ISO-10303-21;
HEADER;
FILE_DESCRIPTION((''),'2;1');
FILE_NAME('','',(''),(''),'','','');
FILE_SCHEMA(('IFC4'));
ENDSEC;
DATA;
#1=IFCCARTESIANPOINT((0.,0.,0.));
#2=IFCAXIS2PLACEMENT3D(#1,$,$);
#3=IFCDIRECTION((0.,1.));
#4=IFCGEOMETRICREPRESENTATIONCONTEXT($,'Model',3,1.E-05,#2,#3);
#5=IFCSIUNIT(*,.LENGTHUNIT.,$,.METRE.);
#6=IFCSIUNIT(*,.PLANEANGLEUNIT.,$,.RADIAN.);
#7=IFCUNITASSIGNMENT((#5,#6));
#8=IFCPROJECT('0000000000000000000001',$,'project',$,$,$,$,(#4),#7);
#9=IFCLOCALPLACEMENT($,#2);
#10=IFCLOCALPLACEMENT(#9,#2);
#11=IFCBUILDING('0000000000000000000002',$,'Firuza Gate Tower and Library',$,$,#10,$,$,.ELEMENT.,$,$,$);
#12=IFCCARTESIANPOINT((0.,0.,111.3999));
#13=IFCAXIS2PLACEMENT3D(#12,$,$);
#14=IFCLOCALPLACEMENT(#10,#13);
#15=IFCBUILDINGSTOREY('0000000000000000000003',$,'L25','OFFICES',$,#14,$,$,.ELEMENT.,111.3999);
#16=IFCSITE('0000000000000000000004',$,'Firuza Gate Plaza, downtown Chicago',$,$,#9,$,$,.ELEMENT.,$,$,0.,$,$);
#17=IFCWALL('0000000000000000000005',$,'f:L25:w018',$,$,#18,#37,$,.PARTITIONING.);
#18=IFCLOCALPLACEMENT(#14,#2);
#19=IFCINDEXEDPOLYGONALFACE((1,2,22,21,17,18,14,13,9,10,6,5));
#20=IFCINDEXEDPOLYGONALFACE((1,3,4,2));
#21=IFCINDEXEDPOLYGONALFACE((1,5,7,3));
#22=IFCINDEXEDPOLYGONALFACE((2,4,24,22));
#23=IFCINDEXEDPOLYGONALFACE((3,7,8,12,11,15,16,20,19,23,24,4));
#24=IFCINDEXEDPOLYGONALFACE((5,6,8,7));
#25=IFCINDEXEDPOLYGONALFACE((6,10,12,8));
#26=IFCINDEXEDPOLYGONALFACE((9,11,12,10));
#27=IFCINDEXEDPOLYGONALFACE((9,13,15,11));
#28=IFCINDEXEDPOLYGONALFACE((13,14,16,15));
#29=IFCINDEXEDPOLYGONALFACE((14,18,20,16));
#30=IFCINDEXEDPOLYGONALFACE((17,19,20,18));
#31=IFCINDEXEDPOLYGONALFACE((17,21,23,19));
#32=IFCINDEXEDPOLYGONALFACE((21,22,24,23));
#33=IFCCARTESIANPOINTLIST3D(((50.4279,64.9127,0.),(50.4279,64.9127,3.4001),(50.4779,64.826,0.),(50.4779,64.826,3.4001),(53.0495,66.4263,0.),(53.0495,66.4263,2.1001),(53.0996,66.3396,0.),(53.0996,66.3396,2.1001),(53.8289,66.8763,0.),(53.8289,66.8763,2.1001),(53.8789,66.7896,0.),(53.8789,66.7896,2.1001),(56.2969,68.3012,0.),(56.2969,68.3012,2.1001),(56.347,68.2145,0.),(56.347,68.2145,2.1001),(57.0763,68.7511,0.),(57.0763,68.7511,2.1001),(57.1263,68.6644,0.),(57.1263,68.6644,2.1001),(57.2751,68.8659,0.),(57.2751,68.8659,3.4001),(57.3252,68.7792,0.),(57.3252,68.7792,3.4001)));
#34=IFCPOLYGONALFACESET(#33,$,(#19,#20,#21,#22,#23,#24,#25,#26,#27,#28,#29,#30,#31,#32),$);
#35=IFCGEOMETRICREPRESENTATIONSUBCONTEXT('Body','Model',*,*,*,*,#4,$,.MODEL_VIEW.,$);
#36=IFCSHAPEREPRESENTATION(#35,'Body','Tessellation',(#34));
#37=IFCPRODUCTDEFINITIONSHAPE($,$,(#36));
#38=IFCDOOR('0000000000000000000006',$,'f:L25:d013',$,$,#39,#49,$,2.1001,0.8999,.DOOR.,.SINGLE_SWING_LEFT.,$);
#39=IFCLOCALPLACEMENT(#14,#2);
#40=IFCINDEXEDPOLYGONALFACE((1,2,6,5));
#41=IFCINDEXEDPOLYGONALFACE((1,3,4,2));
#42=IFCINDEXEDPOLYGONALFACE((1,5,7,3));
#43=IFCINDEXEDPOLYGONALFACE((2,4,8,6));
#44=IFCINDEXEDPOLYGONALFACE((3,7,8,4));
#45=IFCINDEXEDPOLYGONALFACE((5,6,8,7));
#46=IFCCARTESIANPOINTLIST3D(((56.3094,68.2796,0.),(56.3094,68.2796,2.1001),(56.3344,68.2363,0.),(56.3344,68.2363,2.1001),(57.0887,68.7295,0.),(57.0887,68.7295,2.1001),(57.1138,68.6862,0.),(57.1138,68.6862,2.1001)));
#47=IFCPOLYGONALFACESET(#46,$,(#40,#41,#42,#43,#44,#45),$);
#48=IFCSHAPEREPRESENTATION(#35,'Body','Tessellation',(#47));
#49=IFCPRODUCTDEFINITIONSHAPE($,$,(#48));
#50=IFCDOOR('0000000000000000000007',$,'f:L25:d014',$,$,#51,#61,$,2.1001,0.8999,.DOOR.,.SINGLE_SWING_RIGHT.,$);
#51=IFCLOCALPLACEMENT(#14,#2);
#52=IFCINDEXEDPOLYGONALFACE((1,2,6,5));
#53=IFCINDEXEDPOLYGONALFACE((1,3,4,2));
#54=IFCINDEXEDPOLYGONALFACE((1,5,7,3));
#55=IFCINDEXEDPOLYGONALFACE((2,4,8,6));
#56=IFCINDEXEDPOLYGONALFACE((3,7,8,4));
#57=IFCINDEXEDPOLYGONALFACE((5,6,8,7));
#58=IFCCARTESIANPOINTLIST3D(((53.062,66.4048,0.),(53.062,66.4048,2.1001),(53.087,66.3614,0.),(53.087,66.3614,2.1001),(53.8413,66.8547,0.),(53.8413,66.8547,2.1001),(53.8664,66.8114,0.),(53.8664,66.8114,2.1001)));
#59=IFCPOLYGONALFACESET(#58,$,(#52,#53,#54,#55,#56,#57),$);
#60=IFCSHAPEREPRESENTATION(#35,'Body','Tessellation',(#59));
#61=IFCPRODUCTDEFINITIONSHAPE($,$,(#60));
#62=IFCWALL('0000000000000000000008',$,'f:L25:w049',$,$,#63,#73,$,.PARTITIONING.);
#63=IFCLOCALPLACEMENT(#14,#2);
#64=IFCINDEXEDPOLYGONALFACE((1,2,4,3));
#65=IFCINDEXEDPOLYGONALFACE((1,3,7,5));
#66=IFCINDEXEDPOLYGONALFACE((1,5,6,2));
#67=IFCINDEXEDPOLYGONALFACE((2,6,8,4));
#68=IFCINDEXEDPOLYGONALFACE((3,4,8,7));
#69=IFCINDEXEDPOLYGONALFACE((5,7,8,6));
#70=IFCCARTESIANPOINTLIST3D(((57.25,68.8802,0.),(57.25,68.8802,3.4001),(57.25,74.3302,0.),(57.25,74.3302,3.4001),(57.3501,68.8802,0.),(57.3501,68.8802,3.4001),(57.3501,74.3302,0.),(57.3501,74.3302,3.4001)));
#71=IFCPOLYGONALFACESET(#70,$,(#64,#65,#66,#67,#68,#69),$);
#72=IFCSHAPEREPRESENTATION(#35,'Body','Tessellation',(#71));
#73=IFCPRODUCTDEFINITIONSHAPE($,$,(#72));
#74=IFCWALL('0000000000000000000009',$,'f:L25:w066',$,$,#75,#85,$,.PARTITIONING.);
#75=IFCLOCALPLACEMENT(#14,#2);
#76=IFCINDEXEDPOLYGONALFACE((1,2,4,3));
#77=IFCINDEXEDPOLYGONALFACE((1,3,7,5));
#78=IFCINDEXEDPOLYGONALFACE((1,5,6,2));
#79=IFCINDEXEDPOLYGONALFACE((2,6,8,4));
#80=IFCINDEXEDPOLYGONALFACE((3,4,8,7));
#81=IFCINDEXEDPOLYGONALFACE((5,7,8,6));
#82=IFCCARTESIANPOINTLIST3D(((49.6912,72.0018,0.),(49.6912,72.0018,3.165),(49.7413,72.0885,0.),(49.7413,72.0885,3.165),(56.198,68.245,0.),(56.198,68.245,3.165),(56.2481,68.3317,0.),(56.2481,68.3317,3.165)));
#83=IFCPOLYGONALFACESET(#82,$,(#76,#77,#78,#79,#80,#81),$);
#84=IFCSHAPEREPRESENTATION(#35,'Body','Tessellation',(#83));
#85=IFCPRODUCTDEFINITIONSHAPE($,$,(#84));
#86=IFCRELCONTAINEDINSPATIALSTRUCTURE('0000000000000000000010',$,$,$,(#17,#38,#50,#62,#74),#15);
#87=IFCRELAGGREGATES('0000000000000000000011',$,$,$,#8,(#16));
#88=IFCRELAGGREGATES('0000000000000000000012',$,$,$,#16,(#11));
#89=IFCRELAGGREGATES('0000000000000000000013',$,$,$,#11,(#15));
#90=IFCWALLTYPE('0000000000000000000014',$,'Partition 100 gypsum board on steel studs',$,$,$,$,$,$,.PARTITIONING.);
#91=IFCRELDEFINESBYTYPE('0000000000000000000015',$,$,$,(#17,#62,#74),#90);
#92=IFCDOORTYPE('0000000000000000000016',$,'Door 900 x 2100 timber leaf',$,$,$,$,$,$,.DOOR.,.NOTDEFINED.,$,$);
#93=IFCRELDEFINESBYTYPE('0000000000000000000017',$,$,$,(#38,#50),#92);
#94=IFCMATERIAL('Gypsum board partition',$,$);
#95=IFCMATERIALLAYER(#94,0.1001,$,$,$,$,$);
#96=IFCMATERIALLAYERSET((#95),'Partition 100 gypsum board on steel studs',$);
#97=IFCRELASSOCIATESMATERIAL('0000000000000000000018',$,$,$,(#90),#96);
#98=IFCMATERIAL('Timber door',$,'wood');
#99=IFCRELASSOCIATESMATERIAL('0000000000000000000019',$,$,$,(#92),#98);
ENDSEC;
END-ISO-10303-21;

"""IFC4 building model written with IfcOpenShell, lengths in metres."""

from ifc_helpers import new_model, si_unit, direction, frame, frame_2d, origin, place, context, subcontext, project, spatial, rectangle, extrude, material, layer, layer_set, type_object, element, fill, save


model = new_model("IFC4")

# Units and contexts
model_context = context("Model", 3, precision=1e-05, world=origin(), true_north=direction((0.0, 1.0)))
body_context = subcontext(model_context, "Body", "Model", "MODEL_VIEW")
ifc_project = project(units=[si_unit("LENGTHUNIT", "METRE"), si_unit("PLANEANGLEUNIT", "RADIAN")], contexts=[model_context])

# Site, building, storey
site_placement = place(None, origin())
site = spatial("IfcSite", under=ifc_project, at=site_placement, Name="Firuza Gate Plaza, downtown Chicago", CompositionType="ELEMENT", RefElevation=0.0)
building_placement = place(site_placement, origin())
building = spatial("IfcBuilding", under=site, at=building_placement, Name="Firuza Gate Tower and Library", CompositionType="ELEMENT")
storey_placement = place(building_placement, frame((0.0, 0.0, 111.3999)))
storey = spatial("IfcBuildingStorey", under=building, at=storey_placement, Name="L25", Description="OFFICES", CompositionType="ELEMENT", Elevation=111.3999)

# Wall, openings, doors
ifc_material_1 = material(Name="Gypsum board partition")
ifc_layer_1 = layer(ifc_material_1, 0.1001)
ifc_layer_set_1 = layer_set([ifc_layer_1], Name="Partition 100 gypsum board on steel studs")
wall_type_1 = type_object("IfcWallType", Name="Partition 100 gypsum board on steel studs", PredefinedType="PARTITIONING", material=ifc_layer_set_1)
wall_1_placement = place(storey_placement, frame((57.3, 68.8225, 0.0), z_axis=(0.0, 0.0, 1.0), x_axis=(-0.86603, -0.499992, 0.0)))
wall_1 = element("IfcWall", 1, at=wall_1_placement, inside=storey, type_object=wall_type_1, Name="f:L25:w018", PredefinedType="PARTITIONING", context=body_context, shape_type="SweptSolid", body=[
    extrude(rectangle(XDim=7.9065, YDim=0.1001, at=frame_2d((3.9531, 0.0))), origin(), (0.0, 0.0, 1.0), 3.4001),
])
opening_1_placement = place(wall_1_placement, frame((0.2295, 0.0, 0.0)))
opening_1 = element("IfcOpeningElement", 2, at=opening_1_placement, cuts=wall_1, PredefinedType="OPENING", context=body_context, shape_type="SweptSolid", body=[
    extrude(rectangle(XDim=0.8999, YDim=2.1001, at=frame_2d((0.45, 1.05))), frame((0.0, 0.0601, 0.0), z_axis=(0.0, -1.0, 0.0), x_axis=(1.0, 0.0, 0.0)), (0.0, 0.0, 1.0), 0.1201),
])
opening_2_placement = place(wall_1_placement, frame((3.9792, 0.0, 0.0)))
opening_2 = element("IfcOpeningElement", 3, at=opening_2_placement, cuts=wall_1, PredefinedType="OPENING", context=body_context, shape_type="SweptSolid", body=[
    extrude(rectangle(XDim=0.8999, YDim=2.1001, at=frame_2d((0.45, 1.05))), frame((0.0, 0.0601, 0.0), z_axis=(0.0, -1.0, 0.0), x_axis=(1.0, 0.0, 0.0)), (0.0, 0.0, 1.0), 0.1201),
])
ifc_material_2 = material(Name="Timber door", Category="wood")
door_type = type_object("IfcDoorType", Name="Door 900 x 2100 timber leaf", OperationType="NOTDEFINED", PredefinedType="DOOR", material=ifc_material_2)
door_1_placement = place(opening_1_placement, origin())
door_1 = element("IfcDoor", 4, at=door_1_placement, inside=storey, type_object=door_type, Name="f:L25:d013", OperationType="SINGLE_SWING_LEFT", OverallHeight=2.1001, OverallWidth=0.8999, PredefinedType="DOOR", context=body_context, shape_type="SweptSolid", body=[
    extrude(rectangle(XDim=0.8999, YDim=2.1001, at=frame_2d((0.45, 1.05))), frame((0.0, 0.0249, 0.0), z_axis=(0.0, -1.0, 0.0), x_axis=(1.0, 0.0, 0.0)), (0.0, 0.0, 1.0), 0.05),
])
fill(opening_1, door_1)
door_2_placement = place(opening_2_placement, origin())
door_2 = element("IfcDoor", 5, at=door_2_placement, inside=storey, type_object=door_type, Name="f:L25:d014", OperationType="SINGLE_SWING_RIGHT", OverallHeight=2.1001, OverallWidth=0.8999, PredefinedType="DOOR", context=body_context, shape_type="SweptSolid", body=[
    extrude(rectangle(XDim=0.8999, YDim=2.1001, at=frame_2d((0.45, 1.05))), frame((0.0, 0.0249, 0.0), z_axis=(0.0, -1.0, 0.0), x_axis=(1.0, 0.0, 0.0)), (0.0, 0.0, 1.0), 0.05),
])
fill(opening_2, door_2)

# Walls
wall_2_placement = place(storey_placement, frame((57.3, 68.8801, 0.0), z_axis=(0.0, 0.0, 1.0), x_axis=(0.0, 1.0, 0.0)))
element("IfcWall", 6, at=wall_2_placement, inside=storey, type_object=wall_type_1, Name="f:L25:w049", PredefinedType="PARTITIONING", context=body_context, shape_type="SweptSolid", body=[
    extrude(rectangle(XDim=5.45, YDim=0.1001, at=frame_2d((2.7251, 0.0))), origin(), (0.0, 0.0, 1.0), 3.4001),
])
wall_3_placement = place(storey_placement, frame((56.2231, 68.2883, 0.0), z_axis=(0.0, 0.0, 1.0), x_axis=(-0.866019, 0.500011, 0.0)))
element("IfcWall", 7, at=wall_3_placement, inside=storey, type_object=wall_type_1, Name="f:L25:w066", PredefinedType="PARTITIONING", context=body_context, shape_type="SweptSolid", body=[
    extrude(rectangle(XDim=7.5134, YDim=0.1001, at=frame_2d((3.7568, 0.0))), origin(), (0.0, 0.0, 1.0), 3.165),
])

save(model, "model.ifc")
